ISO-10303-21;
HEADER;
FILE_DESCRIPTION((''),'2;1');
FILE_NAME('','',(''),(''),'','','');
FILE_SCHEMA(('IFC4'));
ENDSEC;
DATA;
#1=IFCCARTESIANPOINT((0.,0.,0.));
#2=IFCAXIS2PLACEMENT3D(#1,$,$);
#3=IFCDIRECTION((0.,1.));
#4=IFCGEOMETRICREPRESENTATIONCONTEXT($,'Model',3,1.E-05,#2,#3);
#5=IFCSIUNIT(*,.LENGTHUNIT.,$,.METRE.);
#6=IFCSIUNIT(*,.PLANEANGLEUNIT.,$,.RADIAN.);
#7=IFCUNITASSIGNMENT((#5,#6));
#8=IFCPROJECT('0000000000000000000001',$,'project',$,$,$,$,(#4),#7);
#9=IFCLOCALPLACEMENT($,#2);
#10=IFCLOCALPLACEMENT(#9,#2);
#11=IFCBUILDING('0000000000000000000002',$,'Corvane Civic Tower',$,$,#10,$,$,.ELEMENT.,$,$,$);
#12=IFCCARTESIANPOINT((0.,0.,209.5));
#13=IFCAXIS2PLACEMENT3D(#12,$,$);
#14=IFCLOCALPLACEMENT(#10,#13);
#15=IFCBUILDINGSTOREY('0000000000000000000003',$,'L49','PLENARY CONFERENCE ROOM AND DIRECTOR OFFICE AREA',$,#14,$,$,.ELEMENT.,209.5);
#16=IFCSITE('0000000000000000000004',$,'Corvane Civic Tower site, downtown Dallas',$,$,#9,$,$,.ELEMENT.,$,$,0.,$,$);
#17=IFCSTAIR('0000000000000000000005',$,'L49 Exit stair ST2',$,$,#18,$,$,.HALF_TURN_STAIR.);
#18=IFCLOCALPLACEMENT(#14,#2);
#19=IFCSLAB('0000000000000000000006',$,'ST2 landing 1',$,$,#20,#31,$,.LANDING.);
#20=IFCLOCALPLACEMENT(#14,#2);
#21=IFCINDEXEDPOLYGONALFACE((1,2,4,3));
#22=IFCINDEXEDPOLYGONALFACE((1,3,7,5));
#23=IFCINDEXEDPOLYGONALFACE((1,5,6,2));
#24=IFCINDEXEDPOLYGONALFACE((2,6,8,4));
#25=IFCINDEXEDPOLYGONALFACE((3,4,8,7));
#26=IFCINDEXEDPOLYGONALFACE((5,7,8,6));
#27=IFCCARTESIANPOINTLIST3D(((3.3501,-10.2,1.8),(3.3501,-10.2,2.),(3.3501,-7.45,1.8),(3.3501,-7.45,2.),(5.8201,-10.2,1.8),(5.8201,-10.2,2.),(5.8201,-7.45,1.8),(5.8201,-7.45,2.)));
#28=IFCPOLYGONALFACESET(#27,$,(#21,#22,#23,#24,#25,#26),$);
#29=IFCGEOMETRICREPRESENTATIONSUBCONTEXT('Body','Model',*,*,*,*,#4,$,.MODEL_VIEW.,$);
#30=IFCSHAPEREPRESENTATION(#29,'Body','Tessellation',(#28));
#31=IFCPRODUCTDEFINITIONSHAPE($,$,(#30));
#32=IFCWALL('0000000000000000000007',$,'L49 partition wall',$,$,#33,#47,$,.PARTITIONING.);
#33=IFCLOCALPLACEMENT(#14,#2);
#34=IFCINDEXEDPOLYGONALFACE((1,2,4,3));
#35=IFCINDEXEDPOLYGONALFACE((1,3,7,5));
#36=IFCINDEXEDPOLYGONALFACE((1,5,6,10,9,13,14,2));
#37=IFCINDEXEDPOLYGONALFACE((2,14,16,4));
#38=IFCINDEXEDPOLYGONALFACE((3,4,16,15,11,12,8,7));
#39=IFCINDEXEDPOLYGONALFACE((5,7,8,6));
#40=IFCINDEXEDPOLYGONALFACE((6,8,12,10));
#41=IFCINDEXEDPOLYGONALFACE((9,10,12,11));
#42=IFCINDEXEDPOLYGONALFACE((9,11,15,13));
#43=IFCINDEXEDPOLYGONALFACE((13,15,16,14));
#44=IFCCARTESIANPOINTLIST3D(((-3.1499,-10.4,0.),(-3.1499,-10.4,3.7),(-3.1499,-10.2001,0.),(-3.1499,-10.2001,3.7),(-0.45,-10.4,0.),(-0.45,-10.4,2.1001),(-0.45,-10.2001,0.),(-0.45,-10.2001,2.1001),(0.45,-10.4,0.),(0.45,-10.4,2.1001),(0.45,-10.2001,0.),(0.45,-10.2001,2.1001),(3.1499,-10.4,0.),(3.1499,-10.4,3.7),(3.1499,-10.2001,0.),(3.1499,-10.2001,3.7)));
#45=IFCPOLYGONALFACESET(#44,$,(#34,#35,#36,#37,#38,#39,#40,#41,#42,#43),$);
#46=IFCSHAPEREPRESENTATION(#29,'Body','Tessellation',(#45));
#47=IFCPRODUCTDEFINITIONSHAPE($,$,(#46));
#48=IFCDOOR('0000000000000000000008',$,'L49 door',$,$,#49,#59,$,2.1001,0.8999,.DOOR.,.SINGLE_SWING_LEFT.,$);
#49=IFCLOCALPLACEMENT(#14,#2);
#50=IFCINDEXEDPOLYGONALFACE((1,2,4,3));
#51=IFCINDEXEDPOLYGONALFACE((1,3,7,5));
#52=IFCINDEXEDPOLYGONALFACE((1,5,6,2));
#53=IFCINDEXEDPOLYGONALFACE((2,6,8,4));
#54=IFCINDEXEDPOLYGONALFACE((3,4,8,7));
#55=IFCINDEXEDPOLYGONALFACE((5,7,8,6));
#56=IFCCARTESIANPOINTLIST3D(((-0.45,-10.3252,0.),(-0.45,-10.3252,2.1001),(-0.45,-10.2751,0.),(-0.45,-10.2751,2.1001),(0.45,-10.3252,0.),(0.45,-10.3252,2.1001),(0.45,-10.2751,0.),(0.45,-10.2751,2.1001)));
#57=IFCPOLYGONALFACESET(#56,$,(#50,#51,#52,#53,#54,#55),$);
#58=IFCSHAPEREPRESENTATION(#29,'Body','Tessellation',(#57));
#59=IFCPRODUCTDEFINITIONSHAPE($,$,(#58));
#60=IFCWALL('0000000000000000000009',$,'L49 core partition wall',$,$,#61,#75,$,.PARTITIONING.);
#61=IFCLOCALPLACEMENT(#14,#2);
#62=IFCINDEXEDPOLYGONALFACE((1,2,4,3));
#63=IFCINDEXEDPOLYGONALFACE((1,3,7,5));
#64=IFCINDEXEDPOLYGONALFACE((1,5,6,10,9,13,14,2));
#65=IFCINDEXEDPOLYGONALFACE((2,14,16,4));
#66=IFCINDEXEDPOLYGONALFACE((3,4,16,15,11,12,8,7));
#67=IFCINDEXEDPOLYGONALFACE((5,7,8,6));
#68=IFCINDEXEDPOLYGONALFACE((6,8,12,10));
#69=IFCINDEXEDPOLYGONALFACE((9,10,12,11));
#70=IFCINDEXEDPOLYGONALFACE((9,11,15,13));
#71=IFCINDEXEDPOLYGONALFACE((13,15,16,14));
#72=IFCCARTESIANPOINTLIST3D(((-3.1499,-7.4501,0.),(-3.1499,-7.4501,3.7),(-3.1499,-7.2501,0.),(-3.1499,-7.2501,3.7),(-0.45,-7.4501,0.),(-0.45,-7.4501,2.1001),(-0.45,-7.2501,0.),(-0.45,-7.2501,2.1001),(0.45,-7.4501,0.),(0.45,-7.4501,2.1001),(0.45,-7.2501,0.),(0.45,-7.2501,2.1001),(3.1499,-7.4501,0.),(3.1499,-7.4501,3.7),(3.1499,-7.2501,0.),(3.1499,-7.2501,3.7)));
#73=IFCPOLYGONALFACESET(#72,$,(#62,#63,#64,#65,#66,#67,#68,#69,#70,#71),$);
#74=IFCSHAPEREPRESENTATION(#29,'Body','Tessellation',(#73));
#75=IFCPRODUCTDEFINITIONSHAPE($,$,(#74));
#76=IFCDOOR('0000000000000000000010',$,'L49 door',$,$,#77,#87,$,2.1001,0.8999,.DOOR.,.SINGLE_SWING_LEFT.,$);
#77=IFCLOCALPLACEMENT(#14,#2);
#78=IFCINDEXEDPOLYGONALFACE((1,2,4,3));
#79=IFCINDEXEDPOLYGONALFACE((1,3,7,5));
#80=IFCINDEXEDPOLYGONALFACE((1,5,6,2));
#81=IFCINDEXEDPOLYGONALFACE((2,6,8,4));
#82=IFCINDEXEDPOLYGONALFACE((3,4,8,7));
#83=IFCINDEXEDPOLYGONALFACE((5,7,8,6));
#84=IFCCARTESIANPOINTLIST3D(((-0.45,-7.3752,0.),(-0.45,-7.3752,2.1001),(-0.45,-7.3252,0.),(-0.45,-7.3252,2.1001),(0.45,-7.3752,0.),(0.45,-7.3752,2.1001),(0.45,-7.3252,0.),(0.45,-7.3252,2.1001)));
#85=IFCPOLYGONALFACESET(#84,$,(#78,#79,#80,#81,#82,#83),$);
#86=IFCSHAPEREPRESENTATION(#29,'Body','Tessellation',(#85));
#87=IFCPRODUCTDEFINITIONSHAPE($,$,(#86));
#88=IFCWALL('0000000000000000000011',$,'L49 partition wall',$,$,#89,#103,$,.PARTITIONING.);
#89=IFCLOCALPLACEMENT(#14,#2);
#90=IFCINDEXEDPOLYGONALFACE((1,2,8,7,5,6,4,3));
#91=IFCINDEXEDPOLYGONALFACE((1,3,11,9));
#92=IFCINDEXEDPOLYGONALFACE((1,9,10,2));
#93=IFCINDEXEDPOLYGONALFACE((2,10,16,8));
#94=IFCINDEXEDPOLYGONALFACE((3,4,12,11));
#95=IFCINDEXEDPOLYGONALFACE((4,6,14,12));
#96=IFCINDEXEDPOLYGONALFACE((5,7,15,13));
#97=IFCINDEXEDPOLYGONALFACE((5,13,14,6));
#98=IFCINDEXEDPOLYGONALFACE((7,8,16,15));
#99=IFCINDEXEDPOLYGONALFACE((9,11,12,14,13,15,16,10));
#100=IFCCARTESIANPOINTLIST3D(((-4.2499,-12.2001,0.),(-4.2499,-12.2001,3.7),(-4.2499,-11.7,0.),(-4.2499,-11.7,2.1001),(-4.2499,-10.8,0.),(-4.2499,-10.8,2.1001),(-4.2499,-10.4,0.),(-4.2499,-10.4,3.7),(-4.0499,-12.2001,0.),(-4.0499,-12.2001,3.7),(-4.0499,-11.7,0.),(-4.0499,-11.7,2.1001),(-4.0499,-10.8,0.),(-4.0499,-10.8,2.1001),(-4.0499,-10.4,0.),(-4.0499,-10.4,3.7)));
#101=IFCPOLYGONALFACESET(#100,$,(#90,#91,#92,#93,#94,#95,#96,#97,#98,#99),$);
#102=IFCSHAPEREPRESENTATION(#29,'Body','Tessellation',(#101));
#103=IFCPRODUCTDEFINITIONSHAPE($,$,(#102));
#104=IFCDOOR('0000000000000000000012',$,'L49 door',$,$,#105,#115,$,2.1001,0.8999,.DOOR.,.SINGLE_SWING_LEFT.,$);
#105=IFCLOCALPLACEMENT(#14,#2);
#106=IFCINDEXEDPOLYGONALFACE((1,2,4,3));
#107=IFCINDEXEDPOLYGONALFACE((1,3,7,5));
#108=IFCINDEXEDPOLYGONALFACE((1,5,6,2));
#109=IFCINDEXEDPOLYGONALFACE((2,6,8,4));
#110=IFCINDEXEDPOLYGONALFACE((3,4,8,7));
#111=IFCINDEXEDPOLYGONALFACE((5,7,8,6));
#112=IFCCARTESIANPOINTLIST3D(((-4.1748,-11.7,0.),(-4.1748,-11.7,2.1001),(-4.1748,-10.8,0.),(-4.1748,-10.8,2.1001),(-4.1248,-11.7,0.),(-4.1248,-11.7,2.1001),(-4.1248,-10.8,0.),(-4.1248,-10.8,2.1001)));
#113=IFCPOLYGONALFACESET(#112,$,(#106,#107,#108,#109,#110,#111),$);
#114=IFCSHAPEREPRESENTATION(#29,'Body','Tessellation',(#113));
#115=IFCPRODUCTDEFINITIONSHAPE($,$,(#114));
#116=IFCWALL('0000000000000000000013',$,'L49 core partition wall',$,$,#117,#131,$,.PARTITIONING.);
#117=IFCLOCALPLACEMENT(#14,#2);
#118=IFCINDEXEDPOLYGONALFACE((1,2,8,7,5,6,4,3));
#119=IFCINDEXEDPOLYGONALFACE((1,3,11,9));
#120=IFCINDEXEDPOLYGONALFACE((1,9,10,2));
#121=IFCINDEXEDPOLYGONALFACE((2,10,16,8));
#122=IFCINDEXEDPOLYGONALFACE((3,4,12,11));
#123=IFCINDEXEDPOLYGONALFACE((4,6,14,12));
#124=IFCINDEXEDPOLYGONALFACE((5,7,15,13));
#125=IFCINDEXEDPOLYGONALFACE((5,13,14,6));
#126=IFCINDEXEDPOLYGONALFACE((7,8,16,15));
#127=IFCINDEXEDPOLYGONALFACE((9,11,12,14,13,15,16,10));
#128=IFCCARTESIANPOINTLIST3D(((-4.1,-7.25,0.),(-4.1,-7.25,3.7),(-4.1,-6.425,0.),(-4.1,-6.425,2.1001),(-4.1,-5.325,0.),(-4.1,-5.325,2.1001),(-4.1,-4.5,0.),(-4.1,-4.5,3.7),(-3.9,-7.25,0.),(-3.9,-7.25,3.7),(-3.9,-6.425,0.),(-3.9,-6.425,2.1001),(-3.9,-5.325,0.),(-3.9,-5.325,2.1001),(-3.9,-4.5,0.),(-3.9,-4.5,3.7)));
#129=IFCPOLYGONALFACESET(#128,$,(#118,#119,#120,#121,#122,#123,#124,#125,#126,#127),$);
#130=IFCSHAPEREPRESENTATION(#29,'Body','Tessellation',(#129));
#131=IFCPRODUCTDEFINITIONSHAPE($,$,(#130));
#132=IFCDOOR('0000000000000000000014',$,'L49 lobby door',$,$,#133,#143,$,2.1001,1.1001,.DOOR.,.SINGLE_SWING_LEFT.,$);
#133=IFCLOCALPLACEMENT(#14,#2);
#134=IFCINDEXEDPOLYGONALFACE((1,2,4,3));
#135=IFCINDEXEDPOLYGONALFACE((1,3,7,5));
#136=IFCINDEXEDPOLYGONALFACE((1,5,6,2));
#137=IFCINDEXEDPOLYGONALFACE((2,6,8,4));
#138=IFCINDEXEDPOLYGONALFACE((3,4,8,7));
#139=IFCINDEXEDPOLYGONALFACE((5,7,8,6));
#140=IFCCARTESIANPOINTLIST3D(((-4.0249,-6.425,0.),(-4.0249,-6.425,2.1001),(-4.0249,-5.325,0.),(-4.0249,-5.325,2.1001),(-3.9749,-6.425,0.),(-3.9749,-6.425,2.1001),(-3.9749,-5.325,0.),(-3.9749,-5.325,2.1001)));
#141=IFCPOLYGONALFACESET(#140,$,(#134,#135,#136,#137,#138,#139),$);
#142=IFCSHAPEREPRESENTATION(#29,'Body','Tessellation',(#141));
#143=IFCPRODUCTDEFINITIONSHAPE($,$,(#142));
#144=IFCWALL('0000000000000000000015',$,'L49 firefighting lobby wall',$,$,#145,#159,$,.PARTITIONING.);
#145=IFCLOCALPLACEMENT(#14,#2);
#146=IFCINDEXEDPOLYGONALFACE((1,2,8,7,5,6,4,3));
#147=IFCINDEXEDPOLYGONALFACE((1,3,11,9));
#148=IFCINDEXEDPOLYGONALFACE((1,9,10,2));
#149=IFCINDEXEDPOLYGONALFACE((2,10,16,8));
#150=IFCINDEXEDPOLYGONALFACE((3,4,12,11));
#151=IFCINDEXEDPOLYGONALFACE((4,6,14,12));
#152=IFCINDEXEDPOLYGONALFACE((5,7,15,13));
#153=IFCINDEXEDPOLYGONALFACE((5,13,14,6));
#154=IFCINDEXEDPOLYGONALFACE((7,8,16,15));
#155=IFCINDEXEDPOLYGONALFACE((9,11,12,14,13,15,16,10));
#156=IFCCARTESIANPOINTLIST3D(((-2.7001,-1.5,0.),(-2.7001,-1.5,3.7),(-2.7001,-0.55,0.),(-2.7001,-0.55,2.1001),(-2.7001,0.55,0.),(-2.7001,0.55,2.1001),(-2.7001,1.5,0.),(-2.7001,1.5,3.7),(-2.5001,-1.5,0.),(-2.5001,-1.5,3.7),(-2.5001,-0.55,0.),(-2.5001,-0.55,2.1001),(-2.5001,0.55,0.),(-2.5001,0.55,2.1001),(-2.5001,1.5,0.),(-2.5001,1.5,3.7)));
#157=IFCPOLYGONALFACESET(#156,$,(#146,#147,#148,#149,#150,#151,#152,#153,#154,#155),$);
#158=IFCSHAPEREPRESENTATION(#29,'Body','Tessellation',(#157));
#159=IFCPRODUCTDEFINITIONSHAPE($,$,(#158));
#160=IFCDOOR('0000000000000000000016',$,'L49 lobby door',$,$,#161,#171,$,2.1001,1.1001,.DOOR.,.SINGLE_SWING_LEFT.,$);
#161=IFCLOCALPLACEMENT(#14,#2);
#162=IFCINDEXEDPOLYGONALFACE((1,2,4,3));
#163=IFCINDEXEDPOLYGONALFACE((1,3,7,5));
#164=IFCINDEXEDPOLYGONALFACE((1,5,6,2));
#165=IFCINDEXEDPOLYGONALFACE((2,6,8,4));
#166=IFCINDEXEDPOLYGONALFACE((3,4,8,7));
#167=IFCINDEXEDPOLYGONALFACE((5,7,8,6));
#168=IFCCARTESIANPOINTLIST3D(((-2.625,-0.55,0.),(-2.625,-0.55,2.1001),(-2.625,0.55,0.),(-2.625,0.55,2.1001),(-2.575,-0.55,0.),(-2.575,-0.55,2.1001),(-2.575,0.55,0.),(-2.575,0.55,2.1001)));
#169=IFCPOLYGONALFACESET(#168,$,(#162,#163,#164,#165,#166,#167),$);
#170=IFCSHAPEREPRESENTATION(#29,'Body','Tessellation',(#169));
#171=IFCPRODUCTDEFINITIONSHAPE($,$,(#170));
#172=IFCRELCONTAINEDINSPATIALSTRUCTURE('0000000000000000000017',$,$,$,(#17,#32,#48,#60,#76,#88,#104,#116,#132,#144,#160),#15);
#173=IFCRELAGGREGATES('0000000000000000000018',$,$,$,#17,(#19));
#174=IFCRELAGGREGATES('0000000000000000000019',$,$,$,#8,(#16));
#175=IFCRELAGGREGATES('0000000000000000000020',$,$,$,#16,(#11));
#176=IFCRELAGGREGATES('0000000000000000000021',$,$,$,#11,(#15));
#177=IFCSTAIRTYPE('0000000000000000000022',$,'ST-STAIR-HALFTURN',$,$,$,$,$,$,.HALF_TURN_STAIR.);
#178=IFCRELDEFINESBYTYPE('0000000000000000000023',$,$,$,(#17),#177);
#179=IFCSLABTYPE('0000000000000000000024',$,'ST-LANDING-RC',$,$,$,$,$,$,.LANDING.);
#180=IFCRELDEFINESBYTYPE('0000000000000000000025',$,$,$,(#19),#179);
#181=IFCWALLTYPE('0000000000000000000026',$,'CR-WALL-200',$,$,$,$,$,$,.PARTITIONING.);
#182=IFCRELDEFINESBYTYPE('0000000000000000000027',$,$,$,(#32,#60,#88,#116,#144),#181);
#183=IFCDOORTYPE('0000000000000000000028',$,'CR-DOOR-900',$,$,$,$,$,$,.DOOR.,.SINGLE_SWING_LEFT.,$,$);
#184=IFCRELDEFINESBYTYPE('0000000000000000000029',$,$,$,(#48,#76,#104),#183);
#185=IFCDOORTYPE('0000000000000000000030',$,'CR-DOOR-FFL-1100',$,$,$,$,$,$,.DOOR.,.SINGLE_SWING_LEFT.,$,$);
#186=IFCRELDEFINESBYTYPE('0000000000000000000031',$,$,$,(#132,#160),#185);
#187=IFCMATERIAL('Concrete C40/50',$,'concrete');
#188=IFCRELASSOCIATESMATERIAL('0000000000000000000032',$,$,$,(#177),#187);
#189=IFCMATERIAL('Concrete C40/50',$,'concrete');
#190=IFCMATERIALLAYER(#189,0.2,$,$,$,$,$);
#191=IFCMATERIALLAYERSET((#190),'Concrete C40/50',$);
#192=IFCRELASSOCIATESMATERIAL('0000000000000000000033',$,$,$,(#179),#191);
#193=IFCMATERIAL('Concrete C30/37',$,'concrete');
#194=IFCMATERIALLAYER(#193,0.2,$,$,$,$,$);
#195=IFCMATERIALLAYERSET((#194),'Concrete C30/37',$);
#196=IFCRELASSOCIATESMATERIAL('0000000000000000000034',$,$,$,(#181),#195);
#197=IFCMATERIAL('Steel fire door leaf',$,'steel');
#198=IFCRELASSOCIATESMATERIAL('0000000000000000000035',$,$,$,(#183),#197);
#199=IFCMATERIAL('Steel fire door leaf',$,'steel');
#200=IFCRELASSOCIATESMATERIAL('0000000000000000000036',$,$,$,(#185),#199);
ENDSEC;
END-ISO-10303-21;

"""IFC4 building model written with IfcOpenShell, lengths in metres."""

from ifc_helpers import new_model, si_unit, direction, frame, frame_2d, origin, place, context, subcontext, project, spatial, polyline, rectangle, outline, extrude, material, layer, layer_set, type_object, element, fill, aggregate, save


model = new_model("IFC4")

# Units and contexts
model_context = context("Model", 3, precision=1e-05, world=origin(), true_north=direction((0.0, 1.0)))
body_context = subcontext(model_context, "Body", "Model", "MODEL_VIEW")
ifc_project = project(units=[si_unit("LENGTHUNIT", "METRE"), si_unit("PLANEANGLEUNIT", "RADIAN")], contexts=[model_context])

# Site, building, storey
site_placement = place(None, origin())
site = spatial("IfcSite", under=ifc_project, at=site_placement, Name="Corvane Civic Tower site, downtown Dallas", CompositionType="ELEMENT", RefElevation=0.0)
building_placement = place(site_placement, origin())
building = spatial("IfcBuilding", under=site, at=building_placement, Name="Corvane Civic Tower", CompositionType="ELEMENT")
storey_placement = place(building_placement, frame((0.0, 0.0, 209.5)))
storey = spatial("IfcBuildingStorey", under=building, at=storey_placement, Name="L49", Description="PLENARY CONFERENCE ROOM AND DIRECTOR OFFICE AREA", CompositionType="ELEMENT", Elevation=209.5)

# Stair, slab
ifc_material_1 = material(Name="Concrete C40/50", Category="concrete")
stair_type = type_object("IfcStairType", Name="ST-STAIR-HALFTURN", PredefinedType="HALF_TURN_STAIR", material=ifc_material_1)
ifc_material_2 = material(Name="Concrete C40/50", Category="concrete")
ifc_layer_1 = layer(ifc_material_2, 0.2)
ifc_layer_set_1 = layer_set([ifc_layer_1], Name="Concrete C40/50")
slab_type_1 = type_object("IfcSlabType", Name="ST-LANDING-RC", PredefinedType="LANDING", material=ifc_layer_set_1)
stair_1_placement = place(storey_placement, origin())
stair_1 = element("IfcStair", 1, at=stair_1_placement, inside=storey, type_object=stair_type, Name="L49 Exit stair ST2", PredefinedType="HALF_TURN_STAIR")
slab_1_placement = place(storey_placement, frame((0.0, 0.0, 1.8)))
slab_1 = element("IfcSlab", 2, at=slab_1_placement, type_object=slab_type_1, Name="ST2 landing 1", PredefinedType="LANDING", context=body_context, shape_type="SweptSolid", body=[
    extrude(outline(polyline([(5.8201, -7.45), (3.3501, -7.45), (3.3501, -10.2), (5.8201, -10.2), (5.8201, -7.45)])), origin(), (0.0, 0.0, 1.0), 0.2),
])
aggregate(stair_1, [slab_1])

# Walls, openings, doors
ifc_material_3 = material(Name="Concrete C30/37", Category="concrete")
ifc_layer_2 = layer(ifc_material_3, 0.2)
ifc_layer_set_2 = layer_set([ifc_layer_2], Name="Concrete C30/37")
wall_type = type_object("IfcWallType", Name="CR-WALL-200", PredefinedType="PARTITIONING", material=ifc_layer_set_2)
wall_1_placement = place(storey_placement, frame((-3.1499, -10.3, 0.0), z_axis=(0.0, 0.0, 1.0), x_axis=(1.0, 0.0, 0.0)))
wall_1 = element("IfcWall", 3, at=wall_1_placement, inside=storey, type_object=wall_type, Name="L49 partition wall", PredefinedType="PARTITIONING", context=body_context, shape_type="SweptSolid", body=[
    extrude(rectangle(XDim=6.2998, YDim=0.2, at=frame_2d((3.1499, 0.0))), origin(), (0.0, 0.0, 1.0), 3.7),
])
opening_1_placement = place(wall_1_placement, frame((2.7, 0.0, 0.0)))
opening_1 = element("IfcOpeningElement", 4, at=opening_1_placement, cuts=wall_1, PredefinedType="OPENING", context=body_context, shape_type="SweptSolid", body=[
    extrude(rectangle(XDim=0.8999, YDim=2.1001, at=frame_2d((0.45, 1.05))), frame((0.0, 0.1099, 0.0), z_axis=(0.0, -1.0, 0.0), x_axis=(1.0, 0.0, 0.0)), (0.0, 0.0, 1.0), 0.22),
])
ifc_material_4 = material(Name="Steel fire door leaf", Category="steel")
door_type_1 = type_object("IfcDoorType", Name="CR-DOOR-900", OperationType="SINGLE_SWING_LEFT", PredefinedType="DOOR", material=ifc_material_4)
door_1_placement = place(opening_1_placement, origin())
door_1 = element("IfcDoor", 5, at=door_1_placement, inside=storey, type_object=door_type_1, Name="L49 door", OperationType="SINGLE_SWING_LEFT", OverallHeight=2.1001, OverallWidth=0.8999, PredefinedType="DOOR", context=body_context, shape_type="SweptSolid", body=[
    extrude(rectangle(XDim=0.8999, YDim=2.1001, at=frame_2d((0.45, 1.05))), frame((0.0, 0.0249, 0.0), z_axis=(0.0, -1.0, 0.0), x_axis=(1.0, 0.0, 0.0)), (0.0, 0.0, 1.0), 0.05),
])
fill(opening_1, door_1)
wall_2_placement = place(storey_placement, frame((-3.1499, -7.3501, 0.0), z_axis=(0.0, 0.0, 1.0), x_axis=(1.0, 0.0, 0.0)))
wall_2 = element("IfcWall", 6, at=wall_2_placement, inside=storey, type_object=wall_type, Name="L49 core partition wall", PredefinedType="PARTITIONING", context=body_context, shape_type="SweptSolid", body=[
    extrude(rectangle(XDim=6.2998, YDim=0.2, at=frame_2d((3.1499, 0.0))), origin(), (0.0, 0.0, 1.0), 3.7),
])
opening_2_placement = place(wall_2_placement, frame((2.7, 0.0, 0.0)))
opening_2 = element("IfcOpeningElement", 7, at=opening_2_placement, cuts=wall_2, PredefinedType="OPENING", context=body_context, shape_type="SweptSolid", body=[
    extrude(rectangle(XDim=0.8999, YDim=2.1001, at=frame_2d((0.45, 1.05))), frame((0.0, 0.1099, 0.0), z_axis=(0.0, -1.0, 0.0), x_axis=(1.0, 0.0, 0.0)), (0.0, 0.0, 1.0), 0.22),
])
door_2_placement = place(opening_2_placement, origin())
door_2 = element("IfcDoor", 8, at=door_2_placement, inside=storey, type_object=door_type_1, Name="L49 door", OperationType="SINGLE_SWING_LEFT", OverallHeight=2.1001, OverallWidth=0.8999, PredefinedType="DOOR", context=body_context, shape_type="SweptSolid", body=[
    extrude(rectangle(XDim=0.8999, YDim=2.1001, at=frame_2d((0.45, 1.05))), frame((0.0, 0.0249, 0.0), z_axis=(0.0, -1.0, 0.0), x_axis=(1.0, 0.0, 0.0)), (0.0, 0.0, 1.0), 0.05),
])
fill(opening_2, door_2)
wall_3_placement = place(storey_placement, frame((-4.1499, -12.2, 0.0), z_axis=(0.0, 0.0, 1.0), x_axis=(0.0, 1.0, 0.0)))
wall_3 = element("IfcWall", 9, at=wall_3_placement, inside=storey, type_object=wall_type, Name="L49 partition wall", PredefinedType="PARTITIONING", context=body_context, shape_type="SweptSolid", body=[
    extrude(rectangle(XDim=1.8, YDim=0.2, at=frame_2d((0.8999, 0.0))), origin(), (0.0, 0.0, 1.0), 3.7),
])
opening_3_placement = place(wall_3_placement, frame((0.5, 0.0, 0.0)))
opening_3 = element("IfcOpeningElement", 10, at=opening_3_placement, cuts=wall_3, PredefinedType="OPENING", context=body_context, shape_type="SweptSolid", body=[
    extrude(rectangle(XDim=0.8999, YDim=2.1001, at=frame_2d((0.45, 1.05))), frame((0.0, 0.1099, 0.0), z_axis=(0.0, -1.0, 0.0), x_axis=(1.0, 0.0, 0.0)), (0.0, 0.0, 1.0), 0.22),
])
door_3_placement = place(opening_3_placement, origin())
door_3 = element("IfcDoor", 11, at=door_3_placement, inside=storey, type_object=door_type_1, Name="L49 door", OperationType="SINGLE_SWING_LEFT", OverallHeight=2.1001, OverallWidth=0.8999, PredefinedType="DOOR", context=body_context, shape_type="SweptSolid", body=[
    extrude(rectangle(XDim=0.8999, YDim=2.1001, at=frame_2d((0.45, 1.05))), frame((0.0, 0.0249, 0.0), z_axis=(0.0, -1.0, 0.0), x_axis=(1.0, 0.0, 0.0)), (0.0, 0.0, 1.0), 0.05),
])
fill(opening_3, door_3)
wall_4_placement = place(storey_placement, frame((-4.0, -7.25, 0.0), z_axis=(0.0, 0.0, 1.0), x_axis=(0.0, 1.0, 0.0)))
wall_4 = element("IfcWall", 12, at=wall_4_placement, inside=storey, type_object=wall_type, Name="L49 core partition wall", PredefinedType="PARTITIONING", context=body_context, shape_type="SweptSolid", body=[
    extrude(rectangle(XDim=2.75, YDim=0.2, at=frame_2d((1.375, 0.0))), origin(), (0.0, 0.0, 1.0), 3.7),
])
opening_4_placement = place(wall_4_placement, frame((0.825, 0.0, 0.0)))
opening_4 = element("IfcOpeningElement", 13, at=opening_4_placement, cuts=wall_4, PredefinedType="OPENING", context=body_context, shape_type="SweptSolid", body=[
    extrude(rectangle(XDim=1.1001, YDim=2.1001, at=frame_2d((0.55, 1.05))), frame((0.0, 0.1099, 0.0), z_axis=(0.0, -1.0, 0.0), x_axis=(1.0, 0.0, 0.0)), (0.0, 0.0, 1.0), 0.22),
])
ifc_material_5 = material(Name="Steel fire door leaf", Category="steel")
door_type_2 = type_object("IfcDoorType", Name="CR-DOOR-FFL-1100", OperationType="SINGLE_SWING_LEFT", PredefinedType="DOOR", material=ifc_material_5)
door_4_placement = place(opening_4_placement, origin())
door_4 = element("IfcDoor", 14, at=door_4_placement, inside=storey, type_object=door_type_2, Name="L49 lobby door", OperationType="SINGLE_SWING_LEFT", OverallHeight=2.1001, OverallWidth=1.1001, PredefinedType="DOOR", context=body_context, shape_type="SweptSolid", body=[
    extrude(rectangle(XDim=1.1001, YDim=2.1001, at=frame_2d((0.55, 1.05))), frame((0.0, 0.0249, 0.0), z_axis=(0.0, -1.0, 0.0), x_axis=(1.0, 0.0, 0.0)), (0.0, 0.0, 1.0), 0.05),
])
fill(opening_4, door_4)
wall_5_placement = place(storey_placement, frame((-2.6001, -1.5, 0.0), z_axis=(0.0, 0.0, 1.0), x_axis=(0.0, 1.0, 0.0)))
wall_5 = element("IfcWall", 15, at=wall_5_placement, inside=storey, type_object=wall_type, Name="L49 firefighting lobby wall", PredefinedType="PARTITIONING", context=body_context, shape_type="SweptSolid", body=[
    extrude(rectangle(XDim=3.0, YDim=0.2, at=frame_2d((1.5, 0.0))), origin(), (0.0, 0.0, 1.0), 3.7),
])
opening_5_placement = place(wall_5_placement, frame((0.95, 0.0, 0.0)))
opening_5 = element("IfcOpeningElement", 16, at=opening_5_placement, cuts=wall_5, PredefinedType="OPENING", context=body_context, shape_type="SweptSolid", body=[
    extrude(rectangle(XDim=1.1001, YDim=2.1001, at=frame_2d((0.55, 1.05))), frame((0.0, 0.1099, 0.0), z_axis=(0.0, -1.0, 0.0), x_axis=(1.0, 0.0, 0.0)), (0.0, 0.0, 1.0), 0.22),
])
door_5_placement = place(opening_5_placement, origin())
door_5 = element("IfcDoor", 17, at=door_5_placement, inside=storey, type_object=door_type_2, Name="L49 lobby door", OperationType="SINGLE_SWING_LEFT", OverallHeight=2.1001, OverallWidth=1.1001, PredefinedType="DOOR", context=body_context, shape_type="SweptSolid", body=[
    extrude(rectangle(XDim=1.1001, YDim=2.1001, at=frame_2d((0.55, 1.05))), frame((0.0, 0.0249, 0.0), z_axis=(0.0, -1.0, 0.0), x_axis=(1.0, 0.0, 0.0)), (0.0, 0.0, 1.0), 0.05),
])
fill(opening_5, door_5)

save(model, "model.ifc")
